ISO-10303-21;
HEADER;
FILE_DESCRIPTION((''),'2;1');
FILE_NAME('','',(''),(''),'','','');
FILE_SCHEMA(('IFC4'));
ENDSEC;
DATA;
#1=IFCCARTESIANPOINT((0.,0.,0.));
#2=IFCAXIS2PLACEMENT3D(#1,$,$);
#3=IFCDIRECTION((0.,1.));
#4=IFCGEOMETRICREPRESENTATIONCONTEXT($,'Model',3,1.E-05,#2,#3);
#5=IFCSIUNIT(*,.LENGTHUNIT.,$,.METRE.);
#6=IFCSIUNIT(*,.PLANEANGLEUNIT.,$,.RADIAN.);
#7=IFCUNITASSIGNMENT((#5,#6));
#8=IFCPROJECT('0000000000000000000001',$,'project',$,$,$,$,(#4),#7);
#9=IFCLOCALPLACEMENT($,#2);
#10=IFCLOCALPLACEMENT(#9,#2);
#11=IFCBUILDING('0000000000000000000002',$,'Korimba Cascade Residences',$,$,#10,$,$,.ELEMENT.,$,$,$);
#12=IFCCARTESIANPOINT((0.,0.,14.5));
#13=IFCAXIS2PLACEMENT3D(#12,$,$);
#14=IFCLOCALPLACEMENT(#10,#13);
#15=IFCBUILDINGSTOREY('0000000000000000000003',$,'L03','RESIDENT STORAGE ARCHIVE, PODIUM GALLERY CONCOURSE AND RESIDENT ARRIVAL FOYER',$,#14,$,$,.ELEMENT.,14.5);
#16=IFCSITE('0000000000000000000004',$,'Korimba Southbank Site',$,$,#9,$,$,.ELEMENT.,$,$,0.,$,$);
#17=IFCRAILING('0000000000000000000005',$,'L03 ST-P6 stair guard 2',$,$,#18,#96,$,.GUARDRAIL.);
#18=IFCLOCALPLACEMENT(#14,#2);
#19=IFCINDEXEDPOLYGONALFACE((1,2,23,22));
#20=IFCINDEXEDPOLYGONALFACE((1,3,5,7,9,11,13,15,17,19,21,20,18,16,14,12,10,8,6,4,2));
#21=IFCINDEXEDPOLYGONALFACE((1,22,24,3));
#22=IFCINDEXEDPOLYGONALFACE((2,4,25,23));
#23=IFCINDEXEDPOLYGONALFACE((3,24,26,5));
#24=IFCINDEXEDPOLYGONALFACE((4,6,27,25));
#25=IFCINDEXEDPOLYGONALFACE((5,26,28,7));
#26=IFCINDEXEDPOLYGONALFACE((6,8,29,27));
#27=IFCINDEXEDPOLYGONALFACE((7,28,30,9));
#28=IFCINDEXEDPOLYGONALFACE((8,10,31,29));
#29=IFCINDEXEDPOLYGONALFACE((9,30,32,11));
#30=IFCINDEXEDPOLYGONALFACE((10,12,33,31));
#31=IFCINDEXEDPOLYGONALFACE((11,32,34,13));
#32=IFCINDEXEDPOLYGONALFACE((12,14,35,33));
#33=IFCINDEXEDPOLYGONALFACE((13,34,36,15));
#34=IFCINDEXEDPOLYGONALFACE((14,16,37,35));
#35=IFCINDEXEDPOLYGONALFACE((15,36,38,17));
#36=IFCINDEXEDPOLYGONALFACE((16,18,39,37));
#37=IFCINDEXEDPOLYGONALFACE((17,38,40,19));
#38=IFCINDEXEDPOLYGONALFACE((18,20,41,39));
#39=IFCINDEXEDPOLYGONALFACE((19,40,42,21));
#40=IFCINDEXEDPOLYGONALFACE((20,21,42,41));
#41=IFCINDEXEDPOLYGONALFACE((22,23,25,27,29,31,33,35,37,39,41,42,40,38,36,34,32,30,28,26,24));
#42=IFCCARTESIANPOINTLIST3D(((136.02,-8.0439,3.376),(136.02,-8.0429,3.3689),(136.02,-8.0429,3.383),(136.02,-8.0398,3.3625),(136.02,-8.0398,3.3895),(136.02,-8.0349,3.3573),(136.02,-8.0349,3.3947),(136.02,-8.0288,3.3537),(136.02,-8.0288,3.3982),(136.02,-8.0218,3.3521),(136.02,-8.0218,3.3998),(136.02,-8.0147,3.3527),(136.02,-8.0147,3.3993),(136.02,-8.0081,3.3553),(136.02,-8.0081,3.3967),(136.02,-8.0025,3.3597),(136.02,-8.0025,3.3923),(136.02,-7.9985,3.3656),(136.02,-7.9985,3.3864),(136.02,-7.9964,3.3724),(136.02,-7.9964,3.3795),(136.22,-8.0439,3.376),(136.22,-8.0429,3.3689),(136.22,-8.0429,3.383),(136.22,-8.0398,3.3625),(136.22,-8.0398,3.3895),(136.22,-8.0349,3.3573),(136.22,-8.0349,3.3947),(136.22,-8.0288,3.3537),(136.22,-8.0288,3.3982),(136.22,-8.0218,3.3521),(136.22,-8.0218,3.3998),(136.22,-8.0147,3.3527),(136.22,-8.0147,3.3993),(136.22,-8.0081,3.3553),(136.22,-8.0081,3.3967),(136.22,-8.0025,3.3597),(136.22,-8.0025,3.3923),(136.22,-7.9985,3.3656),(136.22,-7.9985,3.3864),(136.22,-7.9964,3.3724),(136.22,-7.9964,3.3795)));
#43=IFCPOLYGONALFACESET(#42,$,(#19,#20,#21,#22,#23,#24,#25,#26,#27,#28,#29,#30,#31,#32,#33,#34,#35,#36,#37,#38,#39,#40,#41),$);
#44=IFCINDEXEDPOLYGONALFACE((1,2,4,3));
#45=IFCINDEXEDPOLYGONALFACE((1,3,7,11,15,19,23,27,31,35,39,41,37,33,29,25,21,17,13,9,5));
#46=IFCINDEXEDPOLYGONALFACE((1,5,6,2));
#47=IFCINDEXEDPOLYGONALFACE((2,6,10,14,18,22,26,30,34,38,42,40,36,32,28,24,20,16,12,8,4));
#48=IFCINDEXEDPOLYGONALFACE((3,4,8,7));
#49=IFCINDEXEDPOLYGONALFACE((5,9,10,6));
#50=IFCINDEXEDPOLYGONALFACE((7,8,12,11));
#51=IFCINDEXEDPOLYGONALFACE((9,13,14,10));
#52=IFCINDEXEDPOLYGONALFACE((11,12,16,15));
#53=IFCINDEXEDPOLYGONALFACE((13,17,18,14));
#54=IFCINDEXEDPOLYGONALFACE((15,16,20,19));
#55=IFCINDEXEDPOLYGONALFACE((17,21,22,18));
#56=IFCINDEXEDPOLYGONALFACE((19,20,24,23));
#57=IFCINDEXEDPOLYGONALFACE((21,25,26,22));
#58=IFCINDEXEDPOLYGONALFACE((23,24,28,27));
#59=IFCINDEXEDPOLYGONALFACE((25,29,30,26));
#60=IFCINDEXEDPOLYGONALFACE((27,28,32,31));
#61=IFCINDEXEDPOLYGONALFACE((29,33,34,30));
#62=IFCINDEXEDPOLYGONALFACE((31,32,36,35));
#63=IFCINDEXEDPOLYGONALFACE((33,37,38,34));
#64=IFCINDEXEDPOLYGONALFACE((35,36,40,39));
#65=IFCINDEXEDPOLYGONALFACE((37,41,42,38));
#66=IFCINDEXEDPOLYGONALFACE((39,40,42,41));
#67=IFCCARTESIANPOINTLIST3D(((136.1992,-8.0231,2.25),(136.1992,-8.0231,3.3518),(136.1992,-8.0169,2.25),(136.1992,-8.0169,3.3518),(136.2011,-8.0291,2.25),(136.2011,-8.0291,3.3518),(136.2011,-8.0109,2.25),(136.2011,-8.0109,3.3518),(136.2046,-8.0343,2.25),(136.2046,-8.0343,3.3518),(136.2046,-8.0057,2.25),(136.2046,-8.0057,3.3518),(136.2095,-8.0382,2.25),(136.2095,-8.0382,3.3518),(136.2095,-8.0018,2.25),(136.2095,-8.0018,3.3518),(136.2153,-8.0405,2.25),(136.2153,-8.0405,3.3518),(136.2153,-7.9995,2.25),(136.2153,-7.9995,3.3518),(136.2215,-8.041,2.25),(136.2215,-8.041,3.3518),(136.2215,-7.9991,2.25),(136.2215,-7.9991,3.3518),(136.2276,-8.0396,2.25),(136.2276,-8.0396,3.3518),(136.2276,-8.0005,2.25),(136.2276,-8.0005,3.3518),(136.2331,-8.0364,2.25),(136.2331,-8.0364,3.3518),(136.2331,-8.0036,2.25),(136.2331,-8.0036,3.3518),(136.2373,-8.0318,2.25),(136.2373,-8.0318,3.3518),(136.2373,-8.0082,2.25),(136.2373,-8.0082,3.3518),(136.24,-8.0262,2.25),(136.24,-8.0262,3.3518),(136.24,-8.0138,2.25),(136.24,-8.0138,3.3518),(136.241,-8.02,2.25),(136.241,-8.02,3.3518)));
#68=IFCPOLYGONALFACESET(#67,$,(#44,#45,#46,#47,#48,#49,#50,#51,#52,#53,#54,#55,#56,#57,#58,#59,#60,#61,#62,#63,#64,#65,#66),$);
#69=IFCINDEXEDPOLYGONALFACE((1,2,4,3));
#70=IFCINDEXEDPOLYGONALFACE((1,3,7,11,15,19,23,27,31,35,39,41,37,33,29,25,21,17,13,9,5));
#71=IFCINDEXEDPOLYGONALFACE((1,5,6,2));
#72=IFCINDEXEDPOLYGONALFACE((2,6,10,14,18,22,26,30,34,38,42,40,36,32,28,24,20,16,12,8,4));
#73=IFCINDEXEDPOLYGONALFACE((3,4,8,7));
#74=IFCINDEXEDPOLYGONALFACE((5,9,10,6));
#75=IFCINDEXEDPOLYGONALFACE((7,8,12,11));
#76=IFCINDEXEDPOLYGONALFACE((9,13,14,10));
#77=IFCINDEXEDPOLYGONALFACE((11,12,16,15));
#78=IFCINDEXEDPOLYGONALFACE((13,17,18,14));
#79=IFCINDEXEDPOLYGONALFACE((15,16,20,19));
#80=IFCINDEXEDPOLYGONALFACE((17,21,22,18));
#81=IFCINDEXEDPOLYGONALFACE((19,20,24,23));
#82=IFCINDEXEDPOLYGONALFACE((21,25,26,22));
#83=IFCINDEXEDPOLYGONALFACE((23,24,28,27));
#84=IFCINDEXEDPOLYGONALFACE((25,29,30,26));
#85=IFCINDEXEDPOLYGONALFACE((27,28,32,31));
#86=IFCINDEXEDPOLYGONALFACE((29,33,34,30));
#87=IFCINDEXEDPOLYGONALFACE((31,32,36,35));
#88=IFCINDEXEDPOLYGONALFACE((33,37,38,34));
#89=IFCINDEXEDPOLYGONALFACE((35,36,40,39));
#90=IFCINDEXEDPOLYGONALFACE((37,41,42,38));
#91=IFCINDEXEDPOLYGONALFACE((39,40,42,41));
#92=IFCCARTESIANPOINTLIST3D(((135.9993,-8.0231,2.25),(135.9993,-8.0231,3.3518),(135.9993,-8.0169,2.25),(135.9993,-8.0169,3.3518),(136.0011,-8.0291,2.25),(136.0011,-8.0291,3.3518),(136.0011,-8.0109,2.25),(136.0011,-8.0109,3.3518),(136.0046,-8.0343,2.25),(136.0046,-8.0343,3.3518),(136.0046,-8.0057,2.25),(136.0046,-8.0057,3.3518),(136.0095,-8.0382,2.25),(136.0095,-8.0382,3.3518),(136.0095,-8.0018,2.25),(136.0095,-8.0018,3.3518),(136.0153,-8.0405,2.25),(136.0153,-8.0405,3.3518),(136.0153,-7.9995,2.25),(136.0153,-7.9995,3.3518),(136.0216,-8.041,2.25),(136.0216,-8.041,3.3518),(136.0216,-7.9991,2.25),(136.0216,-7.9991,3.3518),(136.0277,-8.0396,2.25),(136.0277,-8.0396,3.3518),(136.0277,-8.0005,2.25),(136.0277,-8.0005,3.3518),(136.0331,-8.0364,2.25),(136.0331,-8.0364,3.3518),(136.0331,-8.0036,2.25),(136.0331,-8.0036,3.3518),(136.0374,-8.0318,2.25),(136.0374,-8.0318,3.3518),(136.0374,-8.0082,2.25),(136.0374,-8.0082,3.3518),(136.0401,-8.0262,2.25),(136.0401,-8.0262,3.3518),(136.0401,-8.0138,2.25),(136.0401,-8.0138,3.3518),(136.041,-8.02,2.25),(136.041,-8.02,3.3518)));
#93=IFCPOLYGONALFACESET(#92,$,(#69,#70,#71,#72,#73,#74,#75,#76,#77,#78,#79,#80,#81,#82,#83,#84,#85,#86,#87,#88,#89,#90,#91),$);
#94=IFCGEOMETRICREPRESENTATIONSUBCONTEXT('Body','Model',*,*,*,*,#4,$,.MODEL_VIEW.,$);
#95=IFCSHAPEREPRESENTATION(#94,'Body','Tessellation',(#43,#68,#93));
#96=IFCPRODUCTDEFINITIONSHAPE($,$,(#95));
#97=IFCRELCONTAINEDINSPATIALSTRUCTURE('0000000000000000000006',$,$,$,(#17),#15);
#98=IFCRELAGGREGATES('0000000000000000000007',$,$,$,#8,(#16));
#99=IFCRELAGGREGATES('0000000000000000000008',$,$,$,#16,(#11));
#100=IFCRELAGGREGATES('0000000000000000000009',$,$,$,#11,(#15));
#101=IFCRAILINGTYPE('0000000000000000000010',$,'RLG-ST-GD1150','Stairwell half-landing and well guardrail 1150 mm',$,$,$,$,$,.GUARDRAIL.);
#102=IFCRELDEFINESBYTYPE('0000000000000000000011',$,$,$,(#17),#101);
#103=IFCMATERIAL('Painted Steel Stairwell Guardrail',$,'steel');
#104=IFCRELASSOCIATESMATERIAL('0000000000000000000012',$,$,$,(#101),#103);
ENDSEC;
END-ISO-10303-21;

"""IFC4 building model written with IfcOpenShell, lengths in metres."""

from ifc_helpers import new_model, si_unit, direction, frame, origin, origin_2d, place, context, subcontext, project, spatial, circle, extrude, material, type_object, element, save


model = new_model("IFC4")

# Units and contexts
model_context = context("Model", 3, precision=1e-05, world=origin(), true_north=direction((0.0, 1.0)))
body_context = subcontext(model_context, "Body", "Model", "MODEL_VIEW")
ifc_project = project(units=[si_unit("LENGTHUNIT", "METRE"), si_unit("PLANEANGLEUNIT", "RADIAN")], contexts=[model_context])

# Site, building, storey
site_placement = place(None, origin())
site = spatial("IfcSite", under=ifc_project, at=site_placement, Name="Korimba Southbank Site", CompositionType="ELEMENT", RefElevation=0.0)
building_placement = place(site_placement, origin())
building = spatial("IfcBuilding", under=site, at=building_placement, Name="Korimba Cascade Residences", CompositionType="ELEMENT")
storey_placement = place(building_placement, frame((0.0, 0.0, 14.5)))
storey = spatial("IfcBuildingStorey", under=building, at=storey_placement, Name="L03", Description="RESIDENT STORAGE ARCHIVE, PODIUM GALLERY CONCOURSE AND RESIDENT ARRIVAL FOYER", CompositionType="ELEMENT", Elevation=14.5)

# Railing
ifc_material_1 = material(Name="Painted Steel Stairwell Guardrail", Category="steel")
railing_type_1 = type_object("IfcRailingType", Name="RLG-ST-GD1150", Description="Stairwell half-landing and well guardrail 1150 mm", PredefinedType="GUARDRAIL", material=ifc_material_1)
railing_1_placement = place(storey_placement, frame((136.22, -8.02, 2.25)))
element("IfcRailing", 1, at=railing_1_placement, inside=storey, type_object=railing_type_1, Name="L03 ST-P6 stair guard 2", PredefinedType="GUARDRAIL", context=body_context, shape_type="SweptSolid", body=[
    extrude(circle(Radius=0.0239, at=origin_2d()), frame((0.0, 0.0, 1.126), z_axis=(-1.0, 0.0, 0.0), x_axis=(0.0, -1.0, 0.0)), (0.0, 0.0, 1.0), 0.2),
    extrude(circle(Radius=0.021, at=origin_2d()), origin(), (0.0, 0.0, 1.0), 1.1018),
    extrude(circle(Radius=0.021, at=origin_2d()), frame((-0.2, 0.0, 0.0)), (0.0, 0.0, 1.0), 1.1018),
])

save(model, "model.ifc")
